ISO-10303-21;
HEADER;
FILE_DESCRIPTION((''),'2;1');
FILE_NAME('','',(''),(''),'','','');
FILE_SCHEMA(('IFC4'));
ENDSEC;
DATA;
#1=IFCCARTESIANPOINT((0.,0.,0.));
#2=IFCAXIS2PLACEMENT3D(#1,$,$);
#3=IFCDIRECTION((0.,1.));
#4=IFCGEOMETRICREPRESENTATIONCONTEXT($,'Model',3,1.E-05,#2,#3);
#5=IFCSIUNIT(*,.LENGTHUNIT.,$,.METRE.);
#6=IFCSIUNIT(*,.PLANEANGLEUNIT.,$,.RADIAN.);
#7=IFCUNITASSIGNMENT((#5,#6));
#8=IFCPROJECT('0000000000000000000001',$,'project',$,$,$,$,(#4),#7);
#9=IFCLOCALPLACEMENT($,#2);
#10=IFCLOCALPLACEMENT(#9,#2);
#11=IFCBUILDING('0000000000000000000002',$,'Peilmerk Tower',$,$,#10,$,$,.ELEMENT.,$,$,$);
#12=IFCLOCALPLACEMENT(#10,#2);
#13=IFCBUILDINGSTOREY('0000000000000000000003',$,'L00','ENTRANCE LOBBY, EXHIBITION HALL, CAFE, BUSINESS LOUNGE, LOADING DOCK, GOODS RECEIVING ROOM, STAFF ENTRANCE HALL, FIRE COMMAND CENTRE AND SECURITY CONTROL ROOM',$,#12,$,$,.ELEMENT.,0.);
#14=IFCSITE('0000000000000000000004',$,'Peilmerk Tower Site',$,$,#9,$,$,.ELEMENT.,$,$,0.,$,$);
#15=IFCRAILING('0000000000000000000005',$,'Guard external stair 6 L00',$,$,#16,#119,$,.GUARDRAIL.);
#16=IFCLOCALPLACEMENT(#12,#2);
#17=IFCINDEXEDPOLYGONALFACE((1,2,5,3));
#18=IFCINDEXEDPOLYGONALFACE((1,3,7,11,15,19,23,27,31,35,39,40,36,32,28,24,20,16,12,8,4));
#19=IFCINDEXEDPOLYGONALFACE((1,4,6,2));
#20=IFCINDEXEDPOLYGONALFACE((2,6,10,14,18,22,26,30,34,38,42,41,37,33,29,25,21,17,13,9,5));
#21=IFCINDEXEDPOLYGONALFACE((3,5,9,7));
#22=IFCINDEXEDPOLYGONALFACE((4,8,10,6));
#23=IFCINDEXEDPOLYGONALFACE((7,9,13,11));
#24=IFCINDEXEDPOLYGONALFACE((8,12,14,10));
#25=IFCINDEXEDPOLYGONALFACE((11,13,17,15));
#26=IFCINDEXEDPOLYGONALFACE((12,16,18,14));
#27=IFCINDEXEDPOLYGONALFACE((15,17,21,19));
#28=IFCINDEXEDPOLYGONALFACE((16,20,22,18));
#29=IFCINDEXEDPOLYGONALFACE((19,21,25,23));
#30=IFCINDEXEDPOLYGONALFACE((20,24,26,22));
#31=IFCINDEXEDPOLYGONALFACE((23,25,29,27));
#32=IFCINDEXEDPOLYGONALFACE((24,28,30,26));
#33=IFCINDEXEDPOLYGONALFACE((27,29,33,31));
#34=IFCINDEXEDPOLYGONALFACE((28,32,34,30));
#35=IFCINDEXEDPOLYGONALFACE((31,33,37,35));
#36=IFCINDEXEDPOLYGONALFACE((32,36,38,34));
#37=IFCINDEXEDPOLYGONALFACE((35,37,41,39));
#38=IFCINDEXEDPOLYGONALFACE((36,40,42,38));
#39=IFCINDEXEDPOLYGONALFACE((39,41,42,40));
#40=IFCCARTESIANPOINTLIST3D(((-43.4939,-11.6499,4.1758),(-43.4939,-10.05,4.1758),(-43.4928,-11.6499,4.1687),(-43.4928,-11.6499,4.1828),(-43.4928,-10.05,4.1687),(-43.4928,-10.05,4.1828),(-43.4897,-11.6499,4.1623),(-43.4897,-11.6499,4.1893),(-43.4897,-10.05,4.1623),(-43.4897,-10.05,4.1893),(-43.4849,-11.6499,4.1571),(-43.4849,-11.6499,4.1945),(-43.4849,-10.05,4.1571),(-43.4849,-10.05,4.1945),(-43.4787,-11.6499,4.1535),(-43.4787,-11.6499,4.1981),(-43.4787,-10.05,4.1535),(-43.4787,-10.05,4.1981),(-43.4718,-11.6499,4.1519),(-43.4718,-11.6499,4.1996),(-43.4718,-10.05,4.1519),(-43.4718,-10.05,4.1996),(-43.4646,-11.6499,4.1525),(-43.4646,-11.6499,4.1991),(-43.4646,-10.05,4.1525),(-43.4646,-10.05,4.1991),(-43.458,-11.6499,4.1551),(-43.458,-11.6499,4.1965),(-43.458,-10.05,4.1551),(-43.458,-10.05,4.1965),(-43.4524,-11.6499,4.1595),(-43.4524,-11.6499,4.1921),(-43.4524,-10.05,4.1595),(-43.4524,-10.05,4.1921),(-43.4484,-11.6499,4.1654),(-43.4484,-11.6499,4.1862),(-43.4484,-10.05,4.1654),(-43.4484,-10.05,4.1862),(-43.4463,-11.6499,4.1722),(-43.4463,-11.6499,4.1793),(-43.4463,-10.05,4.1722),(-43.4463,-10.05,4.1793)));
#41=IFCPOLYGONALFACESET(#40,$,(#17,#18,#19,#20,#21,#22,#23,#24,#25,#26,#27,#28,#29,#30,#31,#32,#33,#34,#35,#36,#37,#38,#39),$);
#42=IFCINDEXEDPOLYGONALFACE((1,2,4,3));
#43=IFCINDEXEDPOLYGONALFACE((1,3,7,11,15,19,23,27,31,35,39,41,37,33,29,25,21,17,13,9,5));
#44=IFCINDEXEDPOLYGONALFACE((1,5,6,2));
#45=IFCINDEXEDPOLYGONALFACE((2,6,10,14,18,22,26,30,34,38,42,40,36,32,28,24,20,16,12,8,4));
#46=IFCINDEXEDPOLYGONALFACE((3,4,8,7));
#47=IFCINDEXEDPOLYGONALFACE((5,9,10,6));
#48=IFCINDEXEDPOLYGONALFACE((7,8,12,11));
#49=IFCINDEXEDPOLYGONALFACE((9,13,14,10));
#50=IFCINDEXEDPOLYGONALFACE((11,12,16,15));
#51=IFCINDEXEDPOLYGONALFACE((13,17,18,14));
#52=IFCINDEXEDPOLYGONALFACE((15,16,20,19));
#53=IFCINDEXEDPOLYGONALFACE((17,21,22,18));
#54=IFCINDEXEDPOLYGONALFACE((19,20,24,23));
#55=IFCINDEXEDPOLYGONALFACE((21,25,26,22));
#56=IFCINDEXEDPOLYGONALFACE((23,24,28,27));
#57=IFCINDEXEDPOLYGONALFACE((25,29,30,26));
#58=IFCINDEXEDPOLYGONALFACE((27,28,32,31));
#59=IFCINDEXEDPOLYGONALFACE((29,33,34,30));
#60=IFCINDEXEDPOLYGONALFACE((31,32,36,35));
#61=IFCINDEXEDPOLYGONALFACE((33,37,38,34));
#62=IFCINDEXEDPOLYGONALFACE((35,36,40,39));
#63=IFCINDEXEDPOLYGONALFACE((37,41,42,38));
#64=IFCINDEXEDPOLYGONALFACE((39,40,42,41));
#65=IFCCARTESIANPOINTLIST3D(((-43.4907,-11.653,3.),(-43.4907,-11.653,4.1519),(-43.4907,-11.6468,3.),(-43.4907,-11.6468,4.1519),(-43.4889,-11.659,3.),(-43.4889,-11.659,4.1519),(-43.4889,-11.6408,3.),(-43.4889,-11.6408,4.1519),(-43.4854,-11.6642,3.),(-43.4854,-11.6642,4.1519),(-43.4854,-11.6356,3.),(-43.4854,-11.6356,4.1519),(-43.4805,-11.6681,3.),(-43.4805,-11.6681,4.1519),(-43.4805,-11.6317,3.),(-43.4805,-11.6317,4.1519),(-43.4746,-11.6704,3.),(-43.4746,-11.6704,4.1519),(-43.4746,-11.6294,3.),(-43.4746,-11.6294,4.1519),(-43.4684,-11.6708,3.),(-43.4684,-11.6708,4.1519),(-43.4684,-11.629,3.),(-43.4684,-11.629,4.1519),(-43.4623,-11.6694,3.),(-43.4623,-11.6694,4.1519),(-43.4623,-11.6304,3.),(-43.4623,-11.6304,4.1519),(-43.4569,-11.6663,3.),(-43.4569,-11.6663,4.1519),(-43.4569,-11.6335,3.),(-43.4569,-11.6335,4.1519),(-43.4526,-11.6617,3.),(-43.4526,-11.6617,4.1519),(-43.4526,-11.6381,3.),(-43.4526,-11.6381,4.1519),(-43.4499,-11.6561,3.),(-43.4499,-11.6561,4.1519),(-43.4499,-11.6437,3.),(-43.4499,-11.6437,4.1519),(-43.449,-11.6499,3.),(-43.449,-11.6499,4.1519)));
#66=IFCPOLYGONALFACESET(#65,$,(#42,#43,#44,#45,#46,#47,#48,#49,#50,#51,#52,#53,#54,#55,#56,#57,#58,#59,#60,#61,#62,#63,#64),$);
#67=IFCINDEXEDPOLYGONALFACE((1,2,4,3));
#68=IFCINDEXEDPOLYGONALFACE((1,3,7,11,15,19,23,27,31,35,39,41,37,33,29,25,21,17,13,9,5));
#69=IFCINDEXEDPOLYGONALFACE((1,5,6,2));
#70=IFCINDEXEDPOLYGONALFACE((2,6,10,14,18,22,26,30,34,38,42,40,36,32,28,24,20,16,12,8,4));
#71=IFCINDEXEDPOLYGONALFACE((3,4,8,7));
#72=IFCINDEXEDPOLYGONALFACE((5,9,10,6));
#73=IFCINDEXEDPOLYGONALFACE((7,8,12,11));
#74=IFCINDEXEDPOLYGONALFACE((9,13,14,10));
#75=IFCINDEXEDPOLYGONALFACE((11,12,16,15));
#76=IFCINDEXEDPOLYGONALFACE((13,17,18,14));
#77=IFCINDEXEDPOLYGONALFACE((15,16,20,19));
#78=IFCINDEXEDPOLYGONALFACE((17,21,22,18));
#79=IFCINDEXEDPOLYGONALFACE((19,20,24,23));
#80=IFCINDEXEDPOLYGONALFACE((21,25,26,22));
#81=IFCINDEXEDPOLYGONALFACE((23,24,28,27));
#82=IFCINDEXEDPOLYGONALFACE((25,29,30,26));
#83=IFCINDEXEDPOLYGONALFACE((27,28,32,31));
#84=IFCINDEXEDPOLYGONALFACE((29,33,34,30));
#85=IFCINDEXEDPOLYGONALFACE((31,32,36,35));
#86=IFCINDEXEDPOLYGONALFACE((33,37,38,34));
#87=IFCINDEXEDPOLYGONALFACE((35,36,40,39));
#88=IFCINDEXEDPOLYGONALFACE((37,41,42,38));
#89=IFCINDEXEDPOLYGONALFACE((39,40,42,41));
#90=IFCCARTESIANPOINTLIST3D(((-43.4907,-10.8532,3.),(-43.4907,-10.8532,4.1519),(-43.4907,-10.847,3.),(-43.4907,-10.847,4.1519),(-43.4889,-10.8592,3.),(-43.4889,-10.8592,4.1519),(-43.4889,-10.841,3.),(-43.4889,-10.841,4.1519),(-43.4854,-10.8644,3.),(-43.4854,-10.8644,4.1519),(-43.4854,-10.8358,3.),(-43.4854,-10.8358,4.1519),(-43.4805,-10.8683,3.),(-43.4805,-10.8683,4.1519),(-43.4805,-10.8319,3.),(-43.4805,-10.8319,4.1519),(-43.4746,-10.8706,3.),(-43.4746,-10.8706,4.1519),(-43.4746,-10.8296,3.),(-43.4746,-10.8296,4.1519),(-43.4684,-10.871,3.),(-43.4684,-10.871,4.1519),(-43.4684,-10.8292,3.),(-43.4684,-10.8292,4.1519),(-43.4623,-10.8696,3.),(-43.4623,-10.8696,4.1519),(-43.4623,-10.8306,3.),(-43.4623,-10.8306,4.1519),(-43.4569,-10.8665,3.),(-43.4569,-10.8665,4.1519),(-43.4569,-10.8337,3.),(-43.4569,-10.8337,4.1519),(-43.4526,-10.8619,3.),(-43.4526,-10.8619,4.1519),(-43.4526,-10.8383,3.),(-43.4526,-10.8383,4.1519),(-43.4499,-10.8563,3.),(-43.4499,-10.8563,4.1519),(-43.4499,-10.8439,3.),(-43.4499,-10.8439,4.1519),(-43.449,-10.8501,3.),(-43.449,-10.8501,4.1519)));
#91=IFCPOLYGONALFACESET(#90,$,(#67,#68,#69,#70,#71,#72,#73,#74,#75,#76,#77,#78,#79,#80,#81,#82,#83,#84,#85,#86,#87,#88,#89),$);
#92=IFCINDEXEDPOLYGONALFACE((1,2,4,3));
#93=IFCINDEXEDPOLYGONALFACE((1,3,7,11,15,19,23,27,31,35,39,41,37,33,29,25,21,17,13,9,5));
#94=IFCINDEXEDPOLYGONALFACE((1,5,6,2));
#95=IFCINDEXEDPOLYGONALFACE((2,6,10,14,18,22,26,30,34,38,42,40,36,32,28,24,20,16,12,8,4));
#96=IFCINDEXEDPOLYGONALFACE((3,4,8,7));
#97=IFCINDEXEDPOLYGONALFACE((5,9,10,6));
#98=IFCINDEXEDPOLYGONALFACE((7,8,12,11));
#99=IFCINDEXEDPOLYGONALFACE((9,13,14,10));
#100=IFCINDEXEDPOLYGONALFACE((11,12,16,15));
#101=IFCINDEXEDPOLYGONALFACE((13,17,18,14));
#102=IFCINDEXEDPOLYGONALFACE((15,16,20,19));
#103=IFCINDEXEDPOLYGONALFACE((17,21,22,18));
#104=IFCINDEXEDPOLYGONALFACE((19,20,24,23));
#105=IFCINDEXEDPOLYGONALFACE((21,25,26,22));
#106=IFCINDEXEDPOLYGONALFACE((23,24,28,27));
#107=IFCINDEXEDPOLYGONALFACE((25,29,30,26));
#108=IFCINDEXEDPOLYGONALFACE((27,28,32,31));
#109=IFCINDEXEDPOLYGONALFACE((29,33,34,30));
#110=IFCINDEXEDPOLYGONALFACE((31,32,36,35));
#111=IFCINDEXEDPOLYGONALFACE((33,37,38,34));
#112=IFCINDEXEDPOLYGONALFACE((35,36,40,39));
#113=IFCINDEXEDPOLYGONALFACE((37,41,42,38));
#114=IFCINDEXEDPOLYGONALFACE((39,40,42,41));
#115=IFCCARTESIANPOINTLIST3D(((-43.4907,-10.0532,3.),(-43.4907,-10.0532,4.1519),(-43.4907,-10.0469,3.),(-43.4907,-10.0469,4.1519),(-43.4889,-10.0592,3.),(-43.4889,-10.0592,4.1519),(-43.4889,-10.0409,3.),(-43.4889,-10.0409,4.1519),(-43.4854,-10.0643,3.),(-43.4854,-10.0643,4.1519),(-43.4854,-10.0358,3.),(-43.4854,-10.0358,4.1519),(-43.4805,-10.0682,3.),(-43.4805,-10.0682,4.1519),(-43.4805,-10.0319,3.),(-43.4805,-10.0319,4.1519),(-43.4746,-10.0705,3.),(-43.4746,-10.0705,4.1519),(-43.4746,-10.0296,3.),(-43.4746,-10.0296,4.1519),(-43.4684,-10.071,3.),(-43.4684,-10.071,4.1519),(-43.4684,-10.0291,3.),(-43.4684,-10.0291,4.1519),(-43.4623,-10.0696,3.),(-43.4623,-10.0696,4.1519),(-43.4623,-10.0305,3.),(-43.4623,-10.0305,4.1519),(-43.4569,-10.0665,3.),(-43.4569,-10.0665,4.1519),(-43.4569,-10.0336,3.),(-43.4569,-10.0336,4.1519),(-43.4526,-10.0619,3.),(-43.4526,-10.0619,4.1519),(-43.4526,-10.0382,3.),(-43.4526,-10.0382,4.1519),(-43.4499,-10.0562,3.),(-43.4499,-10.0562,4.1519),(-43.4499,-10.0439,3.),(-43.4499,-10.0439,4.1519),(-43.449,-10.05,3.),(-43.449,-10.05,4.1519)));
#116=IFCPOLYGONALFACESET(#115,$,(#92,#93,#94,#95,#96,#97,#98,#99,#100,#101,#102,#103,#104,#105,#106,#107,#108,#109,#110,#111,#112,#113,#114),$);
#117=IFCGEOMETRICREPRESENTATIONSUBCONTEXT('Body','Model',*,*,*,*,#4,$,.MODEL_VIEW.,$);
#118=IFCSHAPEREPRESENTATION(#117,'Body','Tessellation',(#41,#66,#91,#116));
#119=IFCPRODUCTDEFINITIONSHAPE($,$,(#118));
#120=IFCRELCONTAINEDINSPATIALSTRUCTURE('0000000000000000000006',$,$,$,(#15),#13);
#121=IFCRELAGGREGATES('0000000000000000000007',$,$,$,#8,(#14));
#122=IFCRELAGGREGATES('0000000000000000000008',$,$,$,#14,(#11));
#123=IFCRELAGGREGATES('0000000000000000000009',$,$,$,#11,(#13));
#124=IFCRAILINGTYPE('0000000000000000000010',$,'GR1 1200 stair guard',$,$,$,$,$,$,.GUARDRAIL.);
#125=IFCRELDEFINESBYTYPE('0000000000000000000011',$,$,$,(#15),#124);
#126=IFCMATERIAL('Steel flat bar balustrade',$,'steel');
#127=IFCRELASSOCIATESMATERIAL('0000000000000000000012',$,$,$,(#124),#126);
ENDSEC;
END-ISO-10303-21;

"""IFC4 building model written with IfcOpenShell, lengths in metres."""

from ifc_helpers import new_model, si_unit, direction, frame, origin, origin_2d, place, context, subcontext, project, spatial, circle, extrude, material, type_object, element, save


model = new_model("IFC4")

# Units and contexts
model_context = context("Model", 3, precision=1e-05, world=origin(), true_north=direction((0.0, 1.0)))
body_context = subcontext(model_context, "Body", "Model", "MODEL_VIEW")
ifc_project = project(units=[si_unit("LENGTHUNIT", "METRE"), si_unit("PLANEANGLEUNIT", "RADIAN")], contexts=[model_context])

# Site, building, storey
site_placement = place(None, origin())
site = spatial("IfcSite", under=ifc_project, at=site_placement, Name="Peilmerk Tower Site", CompositionType="ELEMENT", RefElevation=0.0)
building_placement = place(site_placement, origin())
building = spatial("IfcBuilding", under=site, at=building_placement, Name="Peilmerk Tower", CompositionType="ELEMENT")
storey_placement = place(building_placement, origin())
storey = spatial("IfcBuildingStorey", under=building, at=storey_placement, Name="L00", Description="ENTRANCE LOBBY, EXHIBITION HALL, CAFE, BUSINESS LOUNGE, LOADING DOCK, GOODS RECEIVING ROOM, STAFF ENTRANCE HALL, FIRE COMMAND CENTRE AND SECURITY CONTROL ROOM", CompositionType="ELEMENT", Elevation=0.0)

# Railing
ifc_material_1 = material(Name="Steel flat bar balustrade", Category="steel")
railing_type_1 = type_object("IfcRailingType", Name="GR1 1200 stair guard", PredefinedType="GUARDRAIL", material=ifc_material_1)
railing_1_placement = place(storey_placement, frame((-43.47, -11.6499, 3.0)))
element("IfcRailing", 1, at=railing_1_placement, inside=storey, type_object=railing_type_1, Name="Guard external stair 6 L00", PredefinedType="GUARDRAIL", context=body_context, shape_type="SweptSolid", body=[
    extrude(circle(Radius=0.0239, at=origin_2d()), frame((0.0, 0.0, 1.1758), z_axis=(0.0, 1.0, 0.0), x_axis=(-1.0, 0.0, 0.0)), (0.0, 0.0, 1.0), 1.5999),
    extrude(circle(Radius=0.021, at=origin_2d()), origin(), (0.0, 0.0, 1.0), 1.1519),
    extrude(circle(Radius=0.021, at=origin_2d()), frame((0.0, 0.7998, 0.0)), (0.0, 0.0, 1.0), 1.1519),
    extrude(circle(Radius=0.021, at=origin_2d()), frame((0.0, 1.5999, 0.0)), (0.0, 0.0, 1.0), 1.1519),
])

save(model, "model.ifc")
